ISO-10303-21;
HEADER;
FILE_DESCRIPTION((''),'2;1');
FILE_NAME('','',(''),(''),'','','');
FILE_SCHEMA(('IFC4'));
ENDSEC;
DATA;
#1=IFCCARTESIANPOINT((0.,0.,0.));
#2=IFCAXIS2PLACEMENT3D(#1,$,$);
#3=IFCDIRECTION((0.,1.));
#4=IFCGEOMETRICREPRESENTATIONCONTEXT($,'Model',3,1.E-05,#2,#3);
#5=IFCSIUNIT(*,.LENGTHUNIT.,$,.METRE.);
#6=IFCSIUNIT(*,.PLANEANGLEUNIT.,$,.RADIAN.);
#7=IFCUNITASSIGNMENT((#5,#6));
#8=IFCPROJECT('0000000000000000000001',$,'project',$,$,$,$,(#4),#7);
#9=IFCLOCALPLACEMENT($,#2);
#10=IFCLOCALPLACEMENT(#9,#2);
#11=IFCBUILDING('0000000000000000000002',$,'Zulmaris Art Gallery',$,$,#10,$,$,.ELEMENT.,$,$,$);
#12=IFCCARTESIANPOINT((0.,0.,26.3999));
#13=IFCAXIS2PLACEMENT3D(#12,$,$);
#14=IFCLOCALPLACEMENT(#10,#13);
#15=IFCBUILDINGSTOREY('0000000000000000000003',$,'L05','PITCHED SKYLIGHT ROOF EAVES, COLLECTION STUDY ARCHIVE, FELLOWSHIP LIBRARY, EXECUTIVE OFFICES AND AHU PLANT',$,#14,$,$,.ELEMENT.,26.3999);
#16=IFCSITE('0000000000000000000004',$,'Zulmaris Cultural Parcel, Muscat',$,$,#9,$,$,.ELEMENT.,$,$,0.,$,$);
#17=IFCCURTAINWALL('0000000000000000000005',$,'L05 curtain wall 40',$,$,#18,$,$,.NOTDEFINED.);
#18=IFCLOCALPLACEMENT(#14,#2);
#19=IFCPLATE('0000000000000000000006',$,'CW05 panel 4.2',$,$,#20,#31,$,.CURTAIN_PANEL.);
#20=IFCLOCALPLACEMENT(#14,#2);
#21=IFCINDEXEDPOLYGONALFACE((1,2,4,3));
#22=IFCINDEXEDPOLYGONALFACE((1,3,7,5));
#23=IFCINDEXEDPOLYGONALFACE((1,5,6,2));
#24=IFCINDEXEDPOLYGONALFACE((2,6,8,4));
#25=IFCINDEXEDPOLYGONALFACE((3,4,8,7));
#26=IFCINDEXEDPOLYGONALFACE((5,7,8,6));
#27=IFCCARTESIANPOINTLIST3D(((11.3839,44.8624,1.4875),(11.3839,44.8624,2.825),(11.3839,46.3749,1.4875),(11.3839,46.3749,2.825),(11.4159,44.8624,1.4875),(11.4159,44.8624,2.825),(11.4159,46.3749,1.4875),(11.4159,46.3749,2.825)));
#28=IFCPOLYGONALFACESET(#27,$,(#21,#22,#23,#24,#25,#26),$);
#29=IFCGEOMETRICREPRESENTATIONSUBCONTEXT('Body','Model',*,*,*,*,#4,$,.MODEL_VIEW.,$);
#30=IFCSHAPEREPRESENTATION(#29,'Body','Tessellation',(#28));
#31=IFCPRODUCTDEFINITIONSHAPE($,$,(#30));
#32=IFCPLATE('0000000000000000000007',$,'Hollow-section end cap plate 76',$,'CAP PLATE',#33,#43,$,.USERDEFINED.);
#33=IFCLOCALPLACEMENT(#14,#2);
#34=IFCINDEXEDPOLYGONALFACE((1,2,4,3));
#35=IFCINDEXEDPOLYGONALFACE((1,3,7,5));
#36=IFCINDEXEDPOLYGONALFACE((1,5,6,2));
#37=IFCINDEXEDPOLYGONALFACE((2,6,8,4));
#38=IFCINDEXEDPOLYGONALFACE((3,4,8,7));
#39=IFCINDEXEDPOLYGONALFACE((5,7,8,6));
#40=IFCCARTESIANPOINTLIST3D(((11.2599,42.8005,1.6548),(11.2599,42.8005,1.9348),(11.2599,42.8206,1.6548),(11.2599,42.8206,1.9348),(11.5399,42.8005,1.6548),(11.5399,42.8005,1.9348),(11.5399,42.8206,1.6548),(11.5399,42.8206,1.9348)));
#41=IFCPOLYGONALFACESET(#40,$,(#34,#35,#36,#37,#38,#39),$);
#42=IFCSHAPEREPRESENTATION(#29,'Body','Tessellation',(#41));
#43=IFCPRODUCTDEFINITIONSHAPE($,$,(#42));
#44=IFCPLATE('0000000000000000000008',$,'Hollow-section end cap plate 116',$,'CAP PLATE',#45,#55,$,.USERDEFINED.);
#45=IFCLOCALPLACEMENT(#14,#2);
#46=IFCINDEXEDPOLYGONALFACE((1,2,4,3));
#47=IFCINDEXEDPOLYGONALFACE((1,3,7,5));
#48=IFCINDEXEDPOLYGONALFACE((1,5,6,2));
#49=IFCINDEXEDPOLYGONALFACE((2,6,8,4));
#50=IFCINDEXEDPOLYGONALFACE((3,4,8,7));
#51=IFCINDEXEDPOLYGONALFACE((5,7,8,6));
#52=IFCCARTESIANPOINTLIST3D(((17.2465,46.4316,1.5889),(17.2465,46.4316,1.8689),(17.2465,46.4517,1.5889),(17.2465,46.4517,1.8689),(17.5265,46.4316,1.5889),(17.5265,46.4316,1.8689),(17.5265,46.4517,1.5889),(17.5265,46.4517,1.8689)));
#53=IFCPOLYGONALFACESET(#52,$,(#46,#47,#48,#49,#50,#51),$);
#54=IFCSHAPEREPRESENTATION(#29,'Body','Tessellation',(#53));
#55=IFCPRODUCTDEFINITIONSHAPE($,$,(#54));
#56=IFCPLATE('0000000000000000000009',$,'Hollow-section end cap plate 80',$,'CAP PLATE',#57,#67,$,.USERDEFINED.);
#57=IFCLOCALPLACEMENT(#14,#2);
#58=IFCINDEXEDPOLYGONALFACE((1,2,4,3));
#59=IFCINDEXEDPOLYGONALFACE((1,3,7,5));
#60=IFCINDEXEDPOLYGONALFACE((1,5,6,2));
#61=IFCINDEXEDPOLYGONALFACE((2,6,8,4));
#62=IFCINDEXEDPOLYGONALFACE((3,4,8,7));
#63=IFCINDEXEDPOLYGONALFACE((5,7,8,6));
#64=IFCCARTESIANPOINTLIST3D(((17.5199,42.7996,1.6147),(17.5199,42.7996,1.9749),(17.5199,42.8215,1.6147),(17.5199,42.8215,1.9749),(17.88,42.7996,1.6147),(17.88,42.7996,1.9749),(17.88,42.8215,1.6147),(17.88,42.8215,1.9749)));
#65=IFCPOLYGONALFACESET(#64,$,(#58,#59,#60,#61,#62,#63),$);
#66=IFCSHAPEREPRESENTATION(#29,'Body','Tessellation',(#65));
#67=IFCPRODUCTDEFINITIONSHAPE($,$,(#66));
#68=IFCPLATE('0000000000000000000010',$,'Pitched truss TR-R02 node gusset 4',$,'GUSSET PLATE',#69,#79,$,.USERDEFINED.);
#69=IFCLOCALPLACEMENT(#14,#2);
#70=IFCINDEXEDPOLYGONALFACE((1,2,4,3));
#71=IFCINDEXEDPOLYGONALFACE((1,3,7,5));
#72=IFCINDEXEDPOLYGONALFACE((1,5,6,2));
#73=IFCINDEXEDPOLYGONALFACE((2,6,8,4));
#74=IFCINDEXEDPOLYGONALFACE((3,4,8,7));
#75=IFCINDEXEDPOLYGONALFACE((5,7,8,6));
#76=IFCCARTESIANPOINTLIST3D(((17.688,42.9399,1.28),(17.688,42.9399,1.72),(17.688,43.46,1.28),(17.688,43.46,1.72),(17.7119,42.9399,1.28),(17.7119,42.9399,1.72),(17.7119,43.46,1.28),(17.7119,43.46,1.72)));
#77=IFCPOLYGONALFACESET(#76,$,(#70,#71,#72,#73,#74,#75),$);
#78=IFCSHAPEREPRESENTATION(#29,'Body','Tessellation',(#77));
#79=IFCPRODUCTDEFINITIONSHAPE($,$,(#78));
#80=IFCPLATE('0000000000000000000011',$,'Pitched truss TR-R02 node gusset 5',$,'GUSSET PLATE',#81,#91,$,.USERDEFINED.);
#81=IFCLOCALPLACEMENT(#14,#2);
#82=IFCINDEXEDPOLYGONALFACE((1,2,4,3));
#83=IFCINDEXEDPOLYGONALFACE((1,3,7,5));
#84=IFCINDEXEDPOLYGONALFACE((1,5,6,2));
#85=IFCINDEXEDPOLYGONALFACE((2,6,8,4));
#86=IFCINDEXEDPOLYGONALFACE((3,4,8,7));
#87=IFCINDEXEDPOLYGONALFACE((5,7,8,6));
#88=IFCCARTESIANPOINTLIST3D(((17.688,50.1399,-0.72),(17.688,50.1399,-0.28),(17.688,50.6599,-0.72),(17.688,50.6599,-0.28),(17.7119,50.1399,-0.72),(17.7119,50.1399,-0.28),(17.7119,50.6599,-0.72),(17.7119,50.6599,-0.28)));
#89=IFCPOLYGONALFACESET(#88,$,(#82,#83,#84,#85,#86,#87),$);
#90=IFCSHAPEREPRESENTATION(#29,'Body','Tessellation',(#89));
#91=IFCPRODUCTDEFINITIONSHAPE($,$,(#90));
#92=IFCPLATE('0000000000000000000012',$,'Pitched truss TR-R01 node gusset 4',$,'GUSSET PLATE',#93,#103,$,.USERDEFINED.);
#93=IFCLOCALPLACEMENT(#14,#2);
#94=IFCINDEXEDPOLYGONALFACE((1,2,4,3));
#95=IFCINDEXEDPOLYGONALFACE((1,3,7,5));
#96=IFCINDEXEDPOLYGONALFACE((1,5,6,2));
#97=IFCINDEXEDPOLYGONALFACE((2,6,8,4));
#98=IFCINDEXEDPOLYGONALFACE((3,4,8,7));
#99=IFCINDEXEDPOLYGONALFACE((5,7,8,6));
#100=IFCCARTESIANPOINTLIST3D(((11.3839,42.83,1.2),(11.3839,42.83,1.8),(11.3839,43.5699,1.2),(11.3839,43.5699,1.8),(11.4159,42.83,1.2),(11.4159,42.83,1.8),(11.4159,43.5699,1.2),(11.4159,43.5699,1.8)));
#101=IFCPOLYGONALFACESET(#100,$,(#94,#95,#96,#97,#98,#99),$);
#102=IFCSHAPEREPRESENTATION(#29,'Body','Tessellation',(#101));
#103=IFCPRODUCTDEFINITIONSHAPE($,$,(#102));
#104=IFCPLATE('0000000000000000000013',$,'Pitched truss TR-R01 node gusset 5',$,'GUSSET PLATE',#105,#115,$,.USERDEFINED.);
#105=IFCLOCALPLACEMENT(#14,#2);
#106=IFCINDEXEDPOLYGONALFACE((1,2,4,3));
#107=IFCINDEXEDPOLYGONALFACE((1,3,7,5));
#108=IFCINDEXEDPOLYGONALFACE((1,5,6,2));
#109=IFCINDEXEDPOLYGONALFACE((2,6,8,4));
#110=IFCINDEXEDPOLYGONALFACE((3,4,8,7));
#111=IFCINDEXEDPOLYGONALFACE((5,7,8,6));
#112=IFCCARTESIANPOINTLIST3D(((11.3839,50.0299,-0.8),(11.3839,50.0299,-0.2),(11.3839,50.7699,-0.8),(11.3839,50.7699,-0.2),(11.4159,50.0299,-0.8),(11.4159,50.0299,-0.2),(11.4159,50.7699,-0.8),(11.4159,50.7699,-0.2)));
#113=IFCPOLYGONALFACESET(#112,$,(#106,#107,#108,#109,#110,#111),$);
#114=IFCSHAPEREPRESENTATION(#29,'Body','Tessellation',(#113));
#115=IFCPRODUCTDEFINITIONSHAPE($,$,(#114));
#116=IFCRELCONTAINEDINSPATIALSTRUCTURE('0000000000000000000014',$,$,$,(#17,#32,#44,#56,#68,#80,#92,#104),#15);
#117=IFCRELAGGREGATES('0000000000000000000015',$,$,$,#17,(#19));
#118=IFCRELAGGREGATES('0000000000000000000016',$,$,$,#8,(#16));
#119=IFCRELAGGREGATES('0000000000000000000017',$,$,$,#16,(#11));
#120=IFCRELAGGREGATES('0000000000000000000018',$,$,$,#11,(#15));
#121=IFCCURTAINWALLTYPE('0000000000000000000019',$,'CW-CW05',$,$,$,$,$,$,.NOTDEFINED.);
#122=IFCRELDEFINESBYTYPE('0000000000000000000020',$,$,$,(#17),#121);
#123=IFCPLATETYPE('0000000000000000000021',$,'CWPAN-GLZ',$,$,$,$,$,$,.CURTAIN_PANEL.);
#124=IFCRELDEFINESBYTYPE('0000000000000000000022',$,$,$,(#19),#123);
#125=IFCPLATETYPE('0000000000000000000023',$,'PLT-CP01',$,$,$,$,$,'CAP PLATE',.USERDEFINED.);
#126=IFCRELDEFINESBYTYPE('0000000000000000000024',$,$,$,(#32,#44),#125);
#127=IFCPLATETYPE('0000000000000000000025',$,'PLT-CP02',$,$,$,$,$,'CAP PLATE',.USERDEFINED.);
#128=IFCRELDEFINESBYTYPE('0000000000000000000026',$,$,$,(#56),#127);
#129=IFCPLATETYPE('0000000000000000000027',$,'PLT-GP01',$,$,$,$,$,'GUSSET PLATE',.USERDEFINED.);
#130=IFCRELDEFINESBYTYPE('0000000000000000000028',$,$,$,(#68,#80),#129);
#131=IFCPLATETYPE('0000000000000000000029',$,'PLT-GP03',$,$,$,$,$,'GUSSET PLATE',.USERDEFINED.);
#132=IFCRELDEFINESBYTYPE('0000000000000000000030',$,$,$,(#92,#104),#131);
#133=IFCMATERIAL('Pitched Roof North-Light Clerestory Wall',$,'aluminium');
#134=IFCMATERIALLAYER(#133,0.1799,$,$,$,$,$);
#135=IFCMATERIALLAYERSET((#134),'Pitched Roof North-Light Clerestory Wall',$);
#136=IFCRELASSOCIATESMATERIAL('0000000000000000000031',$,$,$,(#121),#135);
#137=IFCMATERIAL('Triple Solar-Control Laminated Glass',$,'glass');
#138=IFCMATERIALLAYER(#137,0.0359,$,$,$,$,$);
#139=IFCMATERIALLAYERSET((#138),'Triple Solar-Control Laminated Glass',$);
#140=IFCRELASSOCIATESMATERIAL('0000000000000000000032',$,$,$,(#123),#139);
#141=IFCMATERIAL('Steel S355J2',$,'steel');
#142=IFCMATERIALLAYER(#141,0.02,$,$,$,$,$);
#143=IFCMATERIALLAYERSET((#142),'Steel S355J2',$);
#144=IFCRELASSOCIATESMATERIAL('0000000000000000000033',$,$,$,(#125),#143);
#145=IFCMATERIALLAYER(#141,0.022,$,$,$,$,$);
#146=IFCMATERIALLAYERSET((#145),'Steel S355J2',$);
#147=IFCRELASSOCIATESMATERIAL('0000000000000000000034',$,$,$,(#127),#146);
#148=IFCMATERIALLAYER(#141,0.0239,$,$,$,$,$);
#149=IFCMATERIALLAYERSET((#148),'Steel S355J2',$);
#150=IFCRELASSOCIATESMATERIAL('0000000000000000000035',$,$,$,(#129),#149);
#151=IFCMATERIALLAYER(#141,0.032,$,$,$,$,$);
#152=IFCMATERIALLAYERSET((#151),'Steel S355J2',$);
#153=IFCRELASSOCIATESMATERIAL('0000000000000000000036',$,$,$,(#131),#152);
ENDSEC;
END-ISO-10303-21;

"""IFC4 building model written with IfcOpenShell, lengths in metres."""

from ifc_helpers import new_model, si_unit, direction, frame, origin, origin_2d, place, context, subcontext, project, spatial, rectangle, extrude, material, layer, layer_set, type_object, element, aggregate, save


model = new_model("IFC4")

# Units and contexts
model_context = context("Model", 3, precision=1e-05, world=origin(), true_north=direction((0.0, 1.0)))
body_context = subcontext(model_context, "Body", "Model", "MODEL_VIEW")
ifc_project = project(units=[si_unit("LENGTHUNIT", "METRE"), si_unit("PLANEANGLEUNIT", "RADIAN")], contexts=[model_context])

# Site, building, storey
site_placement = place(None, origin())
site = spatial("IfcSite", under=ifc_project, at=site_placement, Name="Zulmaris Cultural Parcel, Muscat", CompositionType="ELEMENT", RefElevation=0.0)
building_placement = place(site_placement, origin())
building = spatial("IfcBuilding", under=site, at=building_placement, Name="Zulmaris Art Gallery", CompositionType="ELEMENT")
storey_placement = place(building_placement, frame((0.0, 0.0, 26.3999)))
storey = spatial("IfcBuildingStorey", under=building, at=storey_placement, Name="L05", Description="PITCHED SKYLIGHT ROOF EAVES, COLLECTION STUDY ARCHIVE, FELLOWSHIP LIBRARY, EXECUTIVE OFFICES AND AHU PLANT", CompositionType="ELEMENT", Elevation=26.3999)

# Curtain wall
ifc_material_1 = material(Name="Pitched Roof North-Light Clerestory Wall", Category="aluminium")
ifc_layer_1 = layer(ifc_material_1, 0.1799)
ifc_layer_set_1 = layer_set([ifc_layer_1], Name="Pitched Roof North-Light Clerestory Wall")
curtain_wall_type = type_object("IfcCurtainWallType", Name="CW-CW05", PredefinedType="NOTDEFINED", material=ifc_layer_set_1)
curtain_wall_placement = place(storey_placement, origin())
curtain_wall = element("IfcCurtainWall", 1, at=curtain_wall_placement, inside=storey, type_object=curtain_wall_type, Name="L05 curtain wall 40", PredefinedType="NOTDEFINED")

# Shared definitions
ifc_material_2 = material(Name="Steel S355J2", Category="steel")

# Plate
ifc_material_3 = material(Name="Triple Solar-Control Laminated Glass", Category="glass")
ifc_layer_2 = layer(ifc_material_3, 0.0359)
ifc_layer_set_2 = layer_set([ifc_layer_2], Name="Triple Solar-Control Laminated Glass")
plate_type_1 = type_object("IfcPlateType", Name="CWPAN-GLZ", PredefinedType="CURTAIN_PANEL", material=ifc_layer_set_2)
plate_1_placement = place(storey_placement, frame((11.3999, 45.6187, 1.4875), z_axis=(0.0, 0.0, 1.0), x_axis=(0.0, 1.0, 0.0)))
plate_1 = element("IfcPlate", 2, at=plate_1_placement, type_object=plate_type_1, Name="CW05 panel 4.2", PredefinedType="CURTAIN_PANEL", context=body_context, shape_type="SweptSolid", body=[
    extrude(rectangle(XDim=1.5125, YDim=0.032, at=origin_2d()), origin(), (0.0, 0.0, 1.0), 1.3374),
])
aggregate(curtain_wall, [plate_1])

# Plates
ifc_layer_3 = layer(ifc_material_2, 0.02)
ifc_layer_set_3 = layer_set([ifc_layer_3], Name="Steel S355J2")
plate_type_2 = type_object("IfcPlateType", Name="PLT-CP01", ElementType="CAP PLATE", PredefinedType="USERDEFINED", material=ifc_layer_set_3)
for number, where, z_axis, x_axis, name in (
    (3, (11.3999, 42.8105, 1.6548), (0.0, 0.0, 1.0), (1.0, 0.0, 0.0), "Hollow-section end cap plate 76"),
    (4, (17.3865, 46.4417, 1.5889), (0.0, 0.0, 1.0), (1.0, 0.0, 0.0), "Hollow-section end cap plate 116"),
):
    element("IfcPlate", number, at=place(storey_placement, frame(where, z_axis=z_axis, x_axis=x_axis)), inside=storey, type_object=plate_type_2, Name=name, ObjectType="CAP PLATE", PredefinedType="USERDEFINED", context=body_context, shape_type="SweptSolid", body=[
        extrude(rectangle(XDim=0.28, YDim=0.02, at=origin_2d()), origin(), (0.0, 0.0, 1.0), 0.28),
    ])
ifc_layer_4 = layer(ifc_material_2, 0.022)
ifc_layer_set_4 = layer_set([ifc_layer_4], Name="Steel S355J2")
plate_type_3 = type_object("IfcPlateType", Name="PLT-CP02", ElementType="CAP PLATE", PredefinedType="USERDEFINED", material=ifc_layer_set_4)
plate_2_placement = place(storey_placement, frame((17.7, 42.8105, 1.6147), z_axis=(0.0, 0.0, 1.0), x_axis=(1.0, 0.0, 0.0)))
element("IfcPlate", 5, at=plate_2_placement, inside=storey, type_object=plate_type_3, Name="Hollow-section end cap plate 80", ObjectType="CAP PLATE", PredefinedType="USERDEFINED", context=body_context, shape_type="SweptSolid", body=[
    extrude(rectangle(XDim=0.3601, YDim=0.022, at=origin_2d()), origin(), (0.0, 0.0, 1.0), 0.3601),
])
ifc_layer_5 = layer(ifc_material_2, 0.0239)
ifc_layer_set_5 = layer_set([ifc_layer_5], Name="Steel S355J2")
plate_type_4 = type_object("IfcPlateType", Name="PLT-GP01", ElementType="GUSSET PLATE", PredefinedType="USERDEFINED", material=ifc_layer_set_5)
for number, where, z_axis, x_axis, name in (
    (6, (17.7, 43.2, 1.28), (0.0, 0.0, 1.0), (1.0, 0.0, 0.0), "Pitched truss TR-R02 node gusset 4"),
    (7, (17.7, 50.3999, -0.72), (0.0, 0.0, 1.0), (1.0, 0.0, 0.0), "Pitched truss TR-R02 node gusset 5"),
):
    element("IfcPlate", number, at=place(storey_placement, frame(where, z_axis=z_axis, x_axis=x_axis)), inside=storey, type_object=plate_type_4, Name=name, ObjectType="GUSSET PLATE", PredefinedType="USERDEFINED", context=body_context, shape_type="SweptSolid", body=[
        extrude(rectangle(XDim=0.0239, YDim=0.52, at=origin_2d()), origin(), (0.0, 0.0, 1.0), 0.4399),
    ])
ifc_layer_6 = layer(ifc_material_2, 0.032)
ifc_layer_set_6 = layer_set([ifc_layer_6], Name="Steel S355J2")
plate_type_5 = type_object("IfcPlateType", Name="PLT-GP03", ElementType="GUSSET PLATE", PredefinedType="USERDEFINED", material=ifc_layer_set_6)
for number, where, z_axis, x_axis, name in (
    (8, (11.3999, 43.2, 1.2), (0.0, 0.0, 1.0), (1.0, 0.0, 0.0), "Pitched truss TR-R01 node gusset 4"),
    (9, (11.3999, 50.3999, -0.8), (0.0, 0.0, 1.0), (1.0, 0.0, 0.0), "Pitched truss TR-R01 node gusset 5"),
):
    element("IfcPlate", number, at=place(storey_placement, frame(where, z_axis=z_axis, x_axis=x_axis)), inside=storey, type_object=plate_type_5, Name=name, ObjectType="GUSSET PLATE", PredefinedType="USERDEFINED", context=body_context, shape_type="SweptSolid", body=[
        extrude(rectangle(XDim=0.032, YDim=0.74, at=origin_2d()), origin(), (0.0, 0.0, 1.0), 0.6001),
    ])

save(model, "model.ifc")
